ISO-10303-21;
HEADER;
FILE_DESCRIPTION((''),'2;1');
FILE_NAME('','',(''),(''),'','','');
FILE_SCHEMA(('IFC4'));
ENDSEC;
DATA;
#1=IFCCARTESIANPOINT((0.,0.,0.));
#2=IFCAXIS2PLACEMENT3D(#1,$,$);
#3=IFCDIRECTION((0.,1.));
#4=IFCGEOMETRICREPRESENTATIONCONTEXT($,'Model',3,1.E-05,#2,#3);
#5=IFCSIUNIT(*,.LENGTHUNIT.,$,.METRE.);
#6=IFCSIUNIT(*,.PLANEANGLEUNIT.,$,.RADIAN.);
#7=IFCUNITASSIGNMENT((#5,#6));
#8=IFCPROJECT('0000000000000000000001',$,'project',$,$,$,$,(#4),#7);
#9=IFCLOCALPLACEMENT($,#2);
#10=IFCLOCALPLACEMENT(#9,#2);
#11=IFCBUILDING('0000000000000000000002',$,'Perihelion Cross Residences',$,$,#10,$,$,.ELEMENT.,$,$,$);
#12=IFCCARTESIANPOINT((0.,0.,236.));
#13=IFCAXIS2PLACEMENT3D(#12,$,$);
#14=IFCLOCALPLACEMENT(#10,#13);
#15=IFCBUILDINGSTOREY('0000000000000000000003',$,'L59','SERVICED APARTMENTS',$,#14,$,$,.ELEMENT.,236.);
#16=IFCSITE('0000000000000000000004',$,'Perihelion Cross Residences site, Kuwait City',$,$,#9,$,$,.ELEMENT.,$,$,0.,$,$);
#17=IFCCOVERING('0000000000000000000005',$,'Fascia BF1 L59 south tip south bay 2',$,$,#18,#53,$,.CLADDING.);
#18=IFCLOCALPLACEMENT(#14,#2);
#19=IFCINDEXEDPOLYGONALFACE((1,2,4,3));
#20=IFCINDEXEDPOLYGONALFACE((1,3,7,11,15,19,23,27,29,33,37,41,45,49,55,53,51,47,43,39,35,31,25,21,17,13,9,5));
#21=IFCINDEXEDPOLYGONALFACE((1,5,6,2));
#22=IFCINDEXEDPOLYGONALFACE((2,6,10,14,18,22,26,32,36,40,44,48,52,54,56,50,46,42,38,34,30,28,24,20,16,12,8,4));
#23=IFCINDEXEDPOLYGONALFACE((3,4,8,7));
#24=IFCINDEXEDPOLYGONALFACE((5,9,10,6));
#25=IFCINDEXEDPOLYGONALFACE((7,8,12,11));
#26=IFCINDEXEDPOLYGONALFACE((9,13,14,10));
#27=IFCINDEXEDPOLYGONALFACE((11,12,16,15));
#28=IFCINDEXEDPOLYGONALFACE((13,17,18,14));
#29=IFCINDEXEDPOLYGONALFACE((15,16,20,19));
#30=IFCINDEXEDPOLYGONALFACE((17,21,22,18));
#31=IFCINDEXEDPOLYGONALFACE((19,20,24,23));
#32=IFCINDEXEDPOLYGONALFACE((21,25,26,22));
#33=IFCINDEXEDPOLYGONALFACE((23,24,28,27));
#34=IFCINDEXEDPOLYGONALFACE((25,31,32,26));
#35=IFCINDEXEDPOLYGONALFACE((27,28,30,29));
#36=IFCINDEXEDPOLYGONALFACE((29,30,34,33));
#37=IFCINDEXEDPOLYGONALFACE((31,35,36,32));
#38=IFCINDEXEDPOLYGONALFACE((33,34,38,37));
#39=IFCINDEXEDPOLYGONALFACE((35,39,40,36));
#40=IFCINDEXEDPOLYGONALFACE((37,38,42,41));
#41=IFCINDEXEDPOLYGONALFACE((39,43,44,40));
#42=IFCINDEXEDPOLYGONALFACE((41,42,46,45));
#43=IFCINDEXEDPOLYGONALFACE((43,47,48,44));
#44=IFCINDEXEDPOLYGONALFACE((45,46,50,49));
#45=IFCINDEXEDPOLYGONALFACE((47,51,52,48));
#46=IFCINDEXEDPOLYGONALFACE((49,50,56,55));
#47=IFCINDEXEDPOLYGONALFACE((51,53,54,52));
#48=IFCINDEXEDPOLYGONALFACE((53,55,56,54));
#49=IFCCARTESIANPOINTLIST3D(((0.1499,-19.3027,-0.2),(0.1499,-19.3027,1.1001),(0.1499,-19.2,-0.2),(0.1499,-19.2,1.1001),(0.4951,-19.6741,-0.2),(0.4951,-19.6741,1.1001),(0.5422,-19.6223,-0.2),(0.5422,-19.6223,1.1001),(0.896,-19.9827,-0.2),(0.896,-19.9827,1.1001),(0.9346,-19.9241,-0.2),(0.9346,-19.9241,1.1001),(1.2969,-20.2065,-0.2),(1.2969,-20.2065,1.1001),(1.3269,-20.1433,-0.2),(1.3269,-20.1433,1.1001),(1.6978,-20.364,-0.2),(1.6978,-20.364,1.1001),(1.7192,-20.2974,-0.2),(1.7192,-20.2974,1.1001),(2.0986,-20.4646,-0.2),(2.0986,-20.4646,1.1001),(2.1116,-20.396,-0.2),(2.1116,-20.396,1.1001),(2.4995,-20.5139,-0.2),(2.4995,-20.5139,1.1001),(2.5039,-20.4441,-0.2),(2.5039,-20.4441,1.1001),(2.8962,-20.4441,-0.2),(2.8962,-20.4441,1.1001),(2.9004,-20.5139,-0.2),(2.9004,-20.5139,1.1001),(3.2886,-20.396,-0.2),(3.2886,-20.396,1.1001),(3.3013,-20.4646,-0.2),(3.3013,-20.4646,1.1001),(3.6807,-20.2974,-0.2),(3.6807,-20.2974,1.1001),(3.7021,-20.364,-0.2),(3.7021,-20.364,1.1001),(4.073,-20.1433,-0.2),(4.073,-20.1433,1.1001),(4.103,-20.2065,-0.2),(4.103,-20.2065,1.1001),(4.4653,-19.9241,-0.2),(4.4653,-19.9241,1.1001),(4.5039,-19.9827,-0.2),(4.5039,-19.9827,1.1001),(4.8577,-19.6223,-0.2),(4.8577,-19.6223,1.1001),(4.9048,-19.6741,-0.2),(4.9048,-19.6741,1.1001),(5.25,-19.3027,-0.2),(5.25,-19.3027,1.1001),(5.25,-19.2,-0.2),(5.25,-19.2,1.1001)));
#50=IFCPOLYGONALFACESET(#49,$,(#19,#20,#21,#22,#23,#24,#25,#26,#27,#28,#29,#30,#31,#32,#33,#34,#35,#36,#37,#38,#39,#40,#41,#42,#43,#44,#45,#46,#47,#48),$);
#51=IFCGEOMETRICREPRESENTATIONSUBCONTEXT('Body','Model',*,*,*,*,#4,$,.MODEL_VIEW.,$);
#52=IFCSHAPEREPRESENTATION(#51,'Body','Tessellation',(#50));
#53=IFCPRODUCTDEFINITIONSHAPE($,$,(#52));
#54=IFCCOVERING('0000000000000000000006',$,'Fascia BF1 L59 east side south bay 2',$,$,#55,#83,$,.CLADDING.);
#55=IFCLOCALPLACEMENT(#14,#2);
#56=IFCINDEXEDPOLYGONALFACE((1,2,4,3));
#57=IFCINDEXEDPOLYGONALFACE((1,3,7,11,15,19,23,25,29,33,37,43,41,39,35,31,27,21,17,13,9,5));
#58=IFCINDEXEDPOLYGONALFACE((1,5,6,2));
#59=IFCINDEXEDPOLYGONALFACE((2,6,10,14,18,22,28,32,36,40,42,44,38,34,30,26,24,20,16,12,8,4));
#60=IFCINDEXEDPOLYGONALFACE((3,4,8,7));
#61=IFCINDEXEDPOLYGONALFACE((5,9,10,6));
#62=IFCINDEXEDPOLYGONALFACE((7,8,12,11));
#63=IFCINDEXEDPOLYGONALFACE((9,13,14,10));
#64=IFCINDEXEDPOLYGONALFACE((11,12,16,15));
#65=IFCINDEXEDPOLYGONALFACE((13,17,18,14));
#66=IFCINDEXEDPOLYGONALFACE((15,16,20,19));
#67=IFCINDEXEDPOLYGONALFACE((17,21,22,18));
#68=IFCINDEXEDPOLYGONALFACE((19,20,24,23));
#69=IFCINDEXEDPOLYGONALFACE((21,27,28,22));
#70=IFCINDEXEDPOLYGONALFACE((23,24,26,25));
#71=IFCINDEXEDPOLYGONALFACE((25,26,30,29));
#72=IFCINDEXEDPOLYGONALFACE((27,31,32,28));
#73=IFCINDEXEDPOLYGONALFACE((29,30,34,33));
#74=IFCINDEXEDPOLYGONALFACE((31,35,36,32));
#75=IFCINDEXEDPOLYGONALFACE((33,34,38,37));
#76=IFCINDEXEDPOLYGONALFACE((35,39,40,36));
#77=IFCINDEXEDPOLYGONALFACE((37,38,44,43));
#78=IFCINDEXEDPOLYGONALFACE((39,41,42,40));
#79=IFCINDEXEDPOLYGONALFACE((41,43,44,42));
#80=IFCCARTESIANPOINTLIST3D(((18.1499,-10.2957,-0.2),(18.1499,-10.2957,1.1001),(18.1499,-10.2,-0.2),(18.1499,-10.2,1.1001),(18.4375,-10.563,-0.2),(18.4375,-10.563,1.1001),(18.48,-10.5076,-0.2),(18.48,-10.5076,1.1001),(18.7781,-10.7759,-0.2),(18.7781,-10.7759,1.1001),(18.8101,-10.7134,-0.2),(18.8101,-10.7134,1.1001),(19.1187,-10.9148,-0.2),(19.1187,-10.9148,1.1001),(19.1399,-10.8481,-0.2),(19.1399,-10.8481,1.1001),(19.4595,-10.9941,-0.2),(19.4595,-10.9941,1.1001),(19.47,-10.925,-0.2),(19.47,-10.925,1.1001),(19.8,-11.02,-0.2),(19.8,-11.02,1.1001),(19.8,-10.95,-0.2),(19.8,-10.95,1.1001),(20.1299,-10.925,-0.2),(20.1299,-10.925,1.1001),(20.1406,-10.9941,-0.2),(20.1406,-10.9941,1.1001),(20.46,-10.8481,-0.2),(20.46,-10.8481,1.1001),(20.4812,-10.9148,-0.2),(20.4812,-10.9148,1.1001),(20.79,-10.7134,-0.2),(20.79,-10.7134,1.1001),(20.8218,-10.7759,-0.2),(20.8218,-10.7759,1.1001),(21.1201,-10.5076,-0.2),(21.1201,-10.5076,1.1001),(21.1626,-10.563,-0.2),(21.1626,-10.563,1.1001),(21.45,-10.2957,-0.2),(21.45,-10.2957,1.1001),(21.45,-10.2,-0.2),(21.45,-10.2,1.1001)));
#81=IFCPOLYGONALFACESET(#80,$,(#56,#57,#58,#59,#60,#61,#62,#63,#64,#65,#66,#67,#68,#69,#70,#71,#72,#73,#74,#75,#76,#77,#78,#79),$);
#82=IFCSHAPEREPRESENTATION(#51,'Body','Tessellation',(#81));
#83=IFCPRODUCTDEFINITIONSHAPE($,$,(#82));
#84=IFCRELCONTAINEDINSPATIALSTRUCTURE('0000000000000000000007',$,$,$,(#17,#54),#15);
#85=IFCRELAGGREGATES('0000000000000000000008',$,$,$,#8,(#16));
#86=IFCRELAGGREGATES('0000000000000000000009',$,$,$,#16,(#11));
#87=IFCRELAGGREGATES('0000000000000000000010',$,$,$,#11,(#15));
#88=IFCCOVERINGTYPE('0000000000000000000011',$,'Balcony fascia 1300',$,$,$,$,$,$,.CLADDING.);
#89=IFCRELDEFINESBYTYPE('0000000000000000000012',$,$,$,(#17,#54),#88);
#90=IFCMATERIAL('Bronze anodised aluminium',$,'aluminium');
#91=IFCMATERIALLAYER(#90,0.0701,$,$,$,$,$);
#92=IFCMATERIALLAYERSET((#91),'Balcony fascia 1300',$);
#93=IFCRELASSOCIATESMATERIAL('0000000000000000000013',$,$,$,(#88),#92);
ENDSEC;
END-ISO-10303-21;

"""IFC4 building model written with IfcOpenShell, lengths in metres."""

from ifc_helpers import new_model, si_unit, direction, frame, origin, place, context, subcontext, project, spatial, polyline, outline, extrude, material, layer, layer_set, type_object, element, save


model = new_model("IFC4")

# Units and contexts
model_context = context("Model", 3, precision=1e-05, world=origin(), true_north=direction((0.0, 1.0)))
body_context = subcontext(model_context, "Body", "Model", "MODEL_VIEW")
ifc_project = project(units=[si_unit("LENGTHUNIT", "METRE"), si_unit("PLANEANGLEUNIT", "RADIAN")], contexts=[model_context])

# Site, building, storey
site_placement = place(None, origin())
site = spatial("IfcSite", under=ifc_project, at=site_placement, Name="Perihelion Cross Residences site, Kuwait City", CompositionType="ELEMENT", RefElevation=0.0)
building_placement = place(site_placement, origin())
building = spatial("IfcBuilding", under=site, at=building_placement, Name="Perihelion Cross Residences", CompositionType="ELEMENT")
storey_placement = place(building_placement, frame((0.0, 0.0, 236.0)))
storey = spatial("IfcBuildingStorey", under=building, at=storey_placement, Name="L59", Description="SERVICED APARTMENTS", CompositionType="ELEMENT", Elevation=236.0)

# Coverings
ifc_material_1 = material(Name="Bronze anodised aluminium", Category="aluminium")
ifc_layer_1 = layer(ifc_material_1, 0.0701)
ifc_layer_set_1 = layer_set([ifc_layer_1], Name="Balcony fascia 1300")
covering_type = type_object("IfcCoveringType", Name="Balcony fascia 1300", PredefinedType="CLADDING", material=ifc_layer_set_1)
covering_1_placement = place(storey_placement, frame((0.0, 0.0, -0.2)))
element("IfcCovering", 1, at=covering_1_placement, inside=storey, type_object=covering_type, Name="Fascia BF1 L59 south tip south bay 2", PredefinedType="CLADDING", context=body_context, shape_type="SweptSolid", body=[
    extrude(outline(polyline([(0.4951, -19.6741), (0.896, -19.9827), (1.2969, -20.2065), (1.6978, -20.364), (2.0986, -20.4646), (2.4995, -20.5139), (2.9004, -20.5139), (3.3013, -20.4646), (3.7021, -20.364), (4.103, -20.2065), (4.5039, -19.9827), (4.9048, -19.6741), (5.25, -19.3027), (5.25, -19.2), (4.8577, -19.6223), (4.4653, -19.9241), (4.073, -20.1433), (3.6807, -20.2974), (3.2886, -20.396), (2.8962, -20.4441), (2.5039, -20.4441), (2.1116, -20.396), (1.7192, -20.2974), (1.3269, -20.1433), (0.9346, -19.9241), (0.5422, -19.6223), (0.1499, -19.2), (0.1499, -19.3027), (0.4951, -19.6741)])), origin(), (0.0, 0.0, 1.0), 1.3),
])
covering_2_placement = place(storey_placement, frame((0.0, 0.0, -0.2)))
element("IfcCovering", 2, at=covering_2_placement, inside=storey, type_object=covering_type, Name="Fascia BF1 L59 east side south bay 2", PredefinedType="CLADDING", context=body_context, shape_type="SweptSolid", body=[
    extrude(outline(polyline([(18.4375, -10.563), (18.7781, -10.7759), (19.1187, -10.9148), (19.4595, -10.9941), (19.8, -11.02), (20.1406, -10.9941), (20.4812, -10.9148), (20.8218, -10.7759), (21.1626, -10.563), (21.45, -10.2957), (21.45, -10.2), (21.1201, -10.5076), (20.79, -10.7134), (20.46, -10.8481), (20.1299, -10.925), (19.8, -10.95), (19.47, -10.925), (19.1399, -10.8481), (18.8101, -10.7134), (18.48, -10.5076), (18.1499, -10.2), (18.1499, -10.2957), (18.4375, -10.563)])), origin(), (0.0, 0.0, 1.0), 1.3),
])

save(model, "model.ifc")
